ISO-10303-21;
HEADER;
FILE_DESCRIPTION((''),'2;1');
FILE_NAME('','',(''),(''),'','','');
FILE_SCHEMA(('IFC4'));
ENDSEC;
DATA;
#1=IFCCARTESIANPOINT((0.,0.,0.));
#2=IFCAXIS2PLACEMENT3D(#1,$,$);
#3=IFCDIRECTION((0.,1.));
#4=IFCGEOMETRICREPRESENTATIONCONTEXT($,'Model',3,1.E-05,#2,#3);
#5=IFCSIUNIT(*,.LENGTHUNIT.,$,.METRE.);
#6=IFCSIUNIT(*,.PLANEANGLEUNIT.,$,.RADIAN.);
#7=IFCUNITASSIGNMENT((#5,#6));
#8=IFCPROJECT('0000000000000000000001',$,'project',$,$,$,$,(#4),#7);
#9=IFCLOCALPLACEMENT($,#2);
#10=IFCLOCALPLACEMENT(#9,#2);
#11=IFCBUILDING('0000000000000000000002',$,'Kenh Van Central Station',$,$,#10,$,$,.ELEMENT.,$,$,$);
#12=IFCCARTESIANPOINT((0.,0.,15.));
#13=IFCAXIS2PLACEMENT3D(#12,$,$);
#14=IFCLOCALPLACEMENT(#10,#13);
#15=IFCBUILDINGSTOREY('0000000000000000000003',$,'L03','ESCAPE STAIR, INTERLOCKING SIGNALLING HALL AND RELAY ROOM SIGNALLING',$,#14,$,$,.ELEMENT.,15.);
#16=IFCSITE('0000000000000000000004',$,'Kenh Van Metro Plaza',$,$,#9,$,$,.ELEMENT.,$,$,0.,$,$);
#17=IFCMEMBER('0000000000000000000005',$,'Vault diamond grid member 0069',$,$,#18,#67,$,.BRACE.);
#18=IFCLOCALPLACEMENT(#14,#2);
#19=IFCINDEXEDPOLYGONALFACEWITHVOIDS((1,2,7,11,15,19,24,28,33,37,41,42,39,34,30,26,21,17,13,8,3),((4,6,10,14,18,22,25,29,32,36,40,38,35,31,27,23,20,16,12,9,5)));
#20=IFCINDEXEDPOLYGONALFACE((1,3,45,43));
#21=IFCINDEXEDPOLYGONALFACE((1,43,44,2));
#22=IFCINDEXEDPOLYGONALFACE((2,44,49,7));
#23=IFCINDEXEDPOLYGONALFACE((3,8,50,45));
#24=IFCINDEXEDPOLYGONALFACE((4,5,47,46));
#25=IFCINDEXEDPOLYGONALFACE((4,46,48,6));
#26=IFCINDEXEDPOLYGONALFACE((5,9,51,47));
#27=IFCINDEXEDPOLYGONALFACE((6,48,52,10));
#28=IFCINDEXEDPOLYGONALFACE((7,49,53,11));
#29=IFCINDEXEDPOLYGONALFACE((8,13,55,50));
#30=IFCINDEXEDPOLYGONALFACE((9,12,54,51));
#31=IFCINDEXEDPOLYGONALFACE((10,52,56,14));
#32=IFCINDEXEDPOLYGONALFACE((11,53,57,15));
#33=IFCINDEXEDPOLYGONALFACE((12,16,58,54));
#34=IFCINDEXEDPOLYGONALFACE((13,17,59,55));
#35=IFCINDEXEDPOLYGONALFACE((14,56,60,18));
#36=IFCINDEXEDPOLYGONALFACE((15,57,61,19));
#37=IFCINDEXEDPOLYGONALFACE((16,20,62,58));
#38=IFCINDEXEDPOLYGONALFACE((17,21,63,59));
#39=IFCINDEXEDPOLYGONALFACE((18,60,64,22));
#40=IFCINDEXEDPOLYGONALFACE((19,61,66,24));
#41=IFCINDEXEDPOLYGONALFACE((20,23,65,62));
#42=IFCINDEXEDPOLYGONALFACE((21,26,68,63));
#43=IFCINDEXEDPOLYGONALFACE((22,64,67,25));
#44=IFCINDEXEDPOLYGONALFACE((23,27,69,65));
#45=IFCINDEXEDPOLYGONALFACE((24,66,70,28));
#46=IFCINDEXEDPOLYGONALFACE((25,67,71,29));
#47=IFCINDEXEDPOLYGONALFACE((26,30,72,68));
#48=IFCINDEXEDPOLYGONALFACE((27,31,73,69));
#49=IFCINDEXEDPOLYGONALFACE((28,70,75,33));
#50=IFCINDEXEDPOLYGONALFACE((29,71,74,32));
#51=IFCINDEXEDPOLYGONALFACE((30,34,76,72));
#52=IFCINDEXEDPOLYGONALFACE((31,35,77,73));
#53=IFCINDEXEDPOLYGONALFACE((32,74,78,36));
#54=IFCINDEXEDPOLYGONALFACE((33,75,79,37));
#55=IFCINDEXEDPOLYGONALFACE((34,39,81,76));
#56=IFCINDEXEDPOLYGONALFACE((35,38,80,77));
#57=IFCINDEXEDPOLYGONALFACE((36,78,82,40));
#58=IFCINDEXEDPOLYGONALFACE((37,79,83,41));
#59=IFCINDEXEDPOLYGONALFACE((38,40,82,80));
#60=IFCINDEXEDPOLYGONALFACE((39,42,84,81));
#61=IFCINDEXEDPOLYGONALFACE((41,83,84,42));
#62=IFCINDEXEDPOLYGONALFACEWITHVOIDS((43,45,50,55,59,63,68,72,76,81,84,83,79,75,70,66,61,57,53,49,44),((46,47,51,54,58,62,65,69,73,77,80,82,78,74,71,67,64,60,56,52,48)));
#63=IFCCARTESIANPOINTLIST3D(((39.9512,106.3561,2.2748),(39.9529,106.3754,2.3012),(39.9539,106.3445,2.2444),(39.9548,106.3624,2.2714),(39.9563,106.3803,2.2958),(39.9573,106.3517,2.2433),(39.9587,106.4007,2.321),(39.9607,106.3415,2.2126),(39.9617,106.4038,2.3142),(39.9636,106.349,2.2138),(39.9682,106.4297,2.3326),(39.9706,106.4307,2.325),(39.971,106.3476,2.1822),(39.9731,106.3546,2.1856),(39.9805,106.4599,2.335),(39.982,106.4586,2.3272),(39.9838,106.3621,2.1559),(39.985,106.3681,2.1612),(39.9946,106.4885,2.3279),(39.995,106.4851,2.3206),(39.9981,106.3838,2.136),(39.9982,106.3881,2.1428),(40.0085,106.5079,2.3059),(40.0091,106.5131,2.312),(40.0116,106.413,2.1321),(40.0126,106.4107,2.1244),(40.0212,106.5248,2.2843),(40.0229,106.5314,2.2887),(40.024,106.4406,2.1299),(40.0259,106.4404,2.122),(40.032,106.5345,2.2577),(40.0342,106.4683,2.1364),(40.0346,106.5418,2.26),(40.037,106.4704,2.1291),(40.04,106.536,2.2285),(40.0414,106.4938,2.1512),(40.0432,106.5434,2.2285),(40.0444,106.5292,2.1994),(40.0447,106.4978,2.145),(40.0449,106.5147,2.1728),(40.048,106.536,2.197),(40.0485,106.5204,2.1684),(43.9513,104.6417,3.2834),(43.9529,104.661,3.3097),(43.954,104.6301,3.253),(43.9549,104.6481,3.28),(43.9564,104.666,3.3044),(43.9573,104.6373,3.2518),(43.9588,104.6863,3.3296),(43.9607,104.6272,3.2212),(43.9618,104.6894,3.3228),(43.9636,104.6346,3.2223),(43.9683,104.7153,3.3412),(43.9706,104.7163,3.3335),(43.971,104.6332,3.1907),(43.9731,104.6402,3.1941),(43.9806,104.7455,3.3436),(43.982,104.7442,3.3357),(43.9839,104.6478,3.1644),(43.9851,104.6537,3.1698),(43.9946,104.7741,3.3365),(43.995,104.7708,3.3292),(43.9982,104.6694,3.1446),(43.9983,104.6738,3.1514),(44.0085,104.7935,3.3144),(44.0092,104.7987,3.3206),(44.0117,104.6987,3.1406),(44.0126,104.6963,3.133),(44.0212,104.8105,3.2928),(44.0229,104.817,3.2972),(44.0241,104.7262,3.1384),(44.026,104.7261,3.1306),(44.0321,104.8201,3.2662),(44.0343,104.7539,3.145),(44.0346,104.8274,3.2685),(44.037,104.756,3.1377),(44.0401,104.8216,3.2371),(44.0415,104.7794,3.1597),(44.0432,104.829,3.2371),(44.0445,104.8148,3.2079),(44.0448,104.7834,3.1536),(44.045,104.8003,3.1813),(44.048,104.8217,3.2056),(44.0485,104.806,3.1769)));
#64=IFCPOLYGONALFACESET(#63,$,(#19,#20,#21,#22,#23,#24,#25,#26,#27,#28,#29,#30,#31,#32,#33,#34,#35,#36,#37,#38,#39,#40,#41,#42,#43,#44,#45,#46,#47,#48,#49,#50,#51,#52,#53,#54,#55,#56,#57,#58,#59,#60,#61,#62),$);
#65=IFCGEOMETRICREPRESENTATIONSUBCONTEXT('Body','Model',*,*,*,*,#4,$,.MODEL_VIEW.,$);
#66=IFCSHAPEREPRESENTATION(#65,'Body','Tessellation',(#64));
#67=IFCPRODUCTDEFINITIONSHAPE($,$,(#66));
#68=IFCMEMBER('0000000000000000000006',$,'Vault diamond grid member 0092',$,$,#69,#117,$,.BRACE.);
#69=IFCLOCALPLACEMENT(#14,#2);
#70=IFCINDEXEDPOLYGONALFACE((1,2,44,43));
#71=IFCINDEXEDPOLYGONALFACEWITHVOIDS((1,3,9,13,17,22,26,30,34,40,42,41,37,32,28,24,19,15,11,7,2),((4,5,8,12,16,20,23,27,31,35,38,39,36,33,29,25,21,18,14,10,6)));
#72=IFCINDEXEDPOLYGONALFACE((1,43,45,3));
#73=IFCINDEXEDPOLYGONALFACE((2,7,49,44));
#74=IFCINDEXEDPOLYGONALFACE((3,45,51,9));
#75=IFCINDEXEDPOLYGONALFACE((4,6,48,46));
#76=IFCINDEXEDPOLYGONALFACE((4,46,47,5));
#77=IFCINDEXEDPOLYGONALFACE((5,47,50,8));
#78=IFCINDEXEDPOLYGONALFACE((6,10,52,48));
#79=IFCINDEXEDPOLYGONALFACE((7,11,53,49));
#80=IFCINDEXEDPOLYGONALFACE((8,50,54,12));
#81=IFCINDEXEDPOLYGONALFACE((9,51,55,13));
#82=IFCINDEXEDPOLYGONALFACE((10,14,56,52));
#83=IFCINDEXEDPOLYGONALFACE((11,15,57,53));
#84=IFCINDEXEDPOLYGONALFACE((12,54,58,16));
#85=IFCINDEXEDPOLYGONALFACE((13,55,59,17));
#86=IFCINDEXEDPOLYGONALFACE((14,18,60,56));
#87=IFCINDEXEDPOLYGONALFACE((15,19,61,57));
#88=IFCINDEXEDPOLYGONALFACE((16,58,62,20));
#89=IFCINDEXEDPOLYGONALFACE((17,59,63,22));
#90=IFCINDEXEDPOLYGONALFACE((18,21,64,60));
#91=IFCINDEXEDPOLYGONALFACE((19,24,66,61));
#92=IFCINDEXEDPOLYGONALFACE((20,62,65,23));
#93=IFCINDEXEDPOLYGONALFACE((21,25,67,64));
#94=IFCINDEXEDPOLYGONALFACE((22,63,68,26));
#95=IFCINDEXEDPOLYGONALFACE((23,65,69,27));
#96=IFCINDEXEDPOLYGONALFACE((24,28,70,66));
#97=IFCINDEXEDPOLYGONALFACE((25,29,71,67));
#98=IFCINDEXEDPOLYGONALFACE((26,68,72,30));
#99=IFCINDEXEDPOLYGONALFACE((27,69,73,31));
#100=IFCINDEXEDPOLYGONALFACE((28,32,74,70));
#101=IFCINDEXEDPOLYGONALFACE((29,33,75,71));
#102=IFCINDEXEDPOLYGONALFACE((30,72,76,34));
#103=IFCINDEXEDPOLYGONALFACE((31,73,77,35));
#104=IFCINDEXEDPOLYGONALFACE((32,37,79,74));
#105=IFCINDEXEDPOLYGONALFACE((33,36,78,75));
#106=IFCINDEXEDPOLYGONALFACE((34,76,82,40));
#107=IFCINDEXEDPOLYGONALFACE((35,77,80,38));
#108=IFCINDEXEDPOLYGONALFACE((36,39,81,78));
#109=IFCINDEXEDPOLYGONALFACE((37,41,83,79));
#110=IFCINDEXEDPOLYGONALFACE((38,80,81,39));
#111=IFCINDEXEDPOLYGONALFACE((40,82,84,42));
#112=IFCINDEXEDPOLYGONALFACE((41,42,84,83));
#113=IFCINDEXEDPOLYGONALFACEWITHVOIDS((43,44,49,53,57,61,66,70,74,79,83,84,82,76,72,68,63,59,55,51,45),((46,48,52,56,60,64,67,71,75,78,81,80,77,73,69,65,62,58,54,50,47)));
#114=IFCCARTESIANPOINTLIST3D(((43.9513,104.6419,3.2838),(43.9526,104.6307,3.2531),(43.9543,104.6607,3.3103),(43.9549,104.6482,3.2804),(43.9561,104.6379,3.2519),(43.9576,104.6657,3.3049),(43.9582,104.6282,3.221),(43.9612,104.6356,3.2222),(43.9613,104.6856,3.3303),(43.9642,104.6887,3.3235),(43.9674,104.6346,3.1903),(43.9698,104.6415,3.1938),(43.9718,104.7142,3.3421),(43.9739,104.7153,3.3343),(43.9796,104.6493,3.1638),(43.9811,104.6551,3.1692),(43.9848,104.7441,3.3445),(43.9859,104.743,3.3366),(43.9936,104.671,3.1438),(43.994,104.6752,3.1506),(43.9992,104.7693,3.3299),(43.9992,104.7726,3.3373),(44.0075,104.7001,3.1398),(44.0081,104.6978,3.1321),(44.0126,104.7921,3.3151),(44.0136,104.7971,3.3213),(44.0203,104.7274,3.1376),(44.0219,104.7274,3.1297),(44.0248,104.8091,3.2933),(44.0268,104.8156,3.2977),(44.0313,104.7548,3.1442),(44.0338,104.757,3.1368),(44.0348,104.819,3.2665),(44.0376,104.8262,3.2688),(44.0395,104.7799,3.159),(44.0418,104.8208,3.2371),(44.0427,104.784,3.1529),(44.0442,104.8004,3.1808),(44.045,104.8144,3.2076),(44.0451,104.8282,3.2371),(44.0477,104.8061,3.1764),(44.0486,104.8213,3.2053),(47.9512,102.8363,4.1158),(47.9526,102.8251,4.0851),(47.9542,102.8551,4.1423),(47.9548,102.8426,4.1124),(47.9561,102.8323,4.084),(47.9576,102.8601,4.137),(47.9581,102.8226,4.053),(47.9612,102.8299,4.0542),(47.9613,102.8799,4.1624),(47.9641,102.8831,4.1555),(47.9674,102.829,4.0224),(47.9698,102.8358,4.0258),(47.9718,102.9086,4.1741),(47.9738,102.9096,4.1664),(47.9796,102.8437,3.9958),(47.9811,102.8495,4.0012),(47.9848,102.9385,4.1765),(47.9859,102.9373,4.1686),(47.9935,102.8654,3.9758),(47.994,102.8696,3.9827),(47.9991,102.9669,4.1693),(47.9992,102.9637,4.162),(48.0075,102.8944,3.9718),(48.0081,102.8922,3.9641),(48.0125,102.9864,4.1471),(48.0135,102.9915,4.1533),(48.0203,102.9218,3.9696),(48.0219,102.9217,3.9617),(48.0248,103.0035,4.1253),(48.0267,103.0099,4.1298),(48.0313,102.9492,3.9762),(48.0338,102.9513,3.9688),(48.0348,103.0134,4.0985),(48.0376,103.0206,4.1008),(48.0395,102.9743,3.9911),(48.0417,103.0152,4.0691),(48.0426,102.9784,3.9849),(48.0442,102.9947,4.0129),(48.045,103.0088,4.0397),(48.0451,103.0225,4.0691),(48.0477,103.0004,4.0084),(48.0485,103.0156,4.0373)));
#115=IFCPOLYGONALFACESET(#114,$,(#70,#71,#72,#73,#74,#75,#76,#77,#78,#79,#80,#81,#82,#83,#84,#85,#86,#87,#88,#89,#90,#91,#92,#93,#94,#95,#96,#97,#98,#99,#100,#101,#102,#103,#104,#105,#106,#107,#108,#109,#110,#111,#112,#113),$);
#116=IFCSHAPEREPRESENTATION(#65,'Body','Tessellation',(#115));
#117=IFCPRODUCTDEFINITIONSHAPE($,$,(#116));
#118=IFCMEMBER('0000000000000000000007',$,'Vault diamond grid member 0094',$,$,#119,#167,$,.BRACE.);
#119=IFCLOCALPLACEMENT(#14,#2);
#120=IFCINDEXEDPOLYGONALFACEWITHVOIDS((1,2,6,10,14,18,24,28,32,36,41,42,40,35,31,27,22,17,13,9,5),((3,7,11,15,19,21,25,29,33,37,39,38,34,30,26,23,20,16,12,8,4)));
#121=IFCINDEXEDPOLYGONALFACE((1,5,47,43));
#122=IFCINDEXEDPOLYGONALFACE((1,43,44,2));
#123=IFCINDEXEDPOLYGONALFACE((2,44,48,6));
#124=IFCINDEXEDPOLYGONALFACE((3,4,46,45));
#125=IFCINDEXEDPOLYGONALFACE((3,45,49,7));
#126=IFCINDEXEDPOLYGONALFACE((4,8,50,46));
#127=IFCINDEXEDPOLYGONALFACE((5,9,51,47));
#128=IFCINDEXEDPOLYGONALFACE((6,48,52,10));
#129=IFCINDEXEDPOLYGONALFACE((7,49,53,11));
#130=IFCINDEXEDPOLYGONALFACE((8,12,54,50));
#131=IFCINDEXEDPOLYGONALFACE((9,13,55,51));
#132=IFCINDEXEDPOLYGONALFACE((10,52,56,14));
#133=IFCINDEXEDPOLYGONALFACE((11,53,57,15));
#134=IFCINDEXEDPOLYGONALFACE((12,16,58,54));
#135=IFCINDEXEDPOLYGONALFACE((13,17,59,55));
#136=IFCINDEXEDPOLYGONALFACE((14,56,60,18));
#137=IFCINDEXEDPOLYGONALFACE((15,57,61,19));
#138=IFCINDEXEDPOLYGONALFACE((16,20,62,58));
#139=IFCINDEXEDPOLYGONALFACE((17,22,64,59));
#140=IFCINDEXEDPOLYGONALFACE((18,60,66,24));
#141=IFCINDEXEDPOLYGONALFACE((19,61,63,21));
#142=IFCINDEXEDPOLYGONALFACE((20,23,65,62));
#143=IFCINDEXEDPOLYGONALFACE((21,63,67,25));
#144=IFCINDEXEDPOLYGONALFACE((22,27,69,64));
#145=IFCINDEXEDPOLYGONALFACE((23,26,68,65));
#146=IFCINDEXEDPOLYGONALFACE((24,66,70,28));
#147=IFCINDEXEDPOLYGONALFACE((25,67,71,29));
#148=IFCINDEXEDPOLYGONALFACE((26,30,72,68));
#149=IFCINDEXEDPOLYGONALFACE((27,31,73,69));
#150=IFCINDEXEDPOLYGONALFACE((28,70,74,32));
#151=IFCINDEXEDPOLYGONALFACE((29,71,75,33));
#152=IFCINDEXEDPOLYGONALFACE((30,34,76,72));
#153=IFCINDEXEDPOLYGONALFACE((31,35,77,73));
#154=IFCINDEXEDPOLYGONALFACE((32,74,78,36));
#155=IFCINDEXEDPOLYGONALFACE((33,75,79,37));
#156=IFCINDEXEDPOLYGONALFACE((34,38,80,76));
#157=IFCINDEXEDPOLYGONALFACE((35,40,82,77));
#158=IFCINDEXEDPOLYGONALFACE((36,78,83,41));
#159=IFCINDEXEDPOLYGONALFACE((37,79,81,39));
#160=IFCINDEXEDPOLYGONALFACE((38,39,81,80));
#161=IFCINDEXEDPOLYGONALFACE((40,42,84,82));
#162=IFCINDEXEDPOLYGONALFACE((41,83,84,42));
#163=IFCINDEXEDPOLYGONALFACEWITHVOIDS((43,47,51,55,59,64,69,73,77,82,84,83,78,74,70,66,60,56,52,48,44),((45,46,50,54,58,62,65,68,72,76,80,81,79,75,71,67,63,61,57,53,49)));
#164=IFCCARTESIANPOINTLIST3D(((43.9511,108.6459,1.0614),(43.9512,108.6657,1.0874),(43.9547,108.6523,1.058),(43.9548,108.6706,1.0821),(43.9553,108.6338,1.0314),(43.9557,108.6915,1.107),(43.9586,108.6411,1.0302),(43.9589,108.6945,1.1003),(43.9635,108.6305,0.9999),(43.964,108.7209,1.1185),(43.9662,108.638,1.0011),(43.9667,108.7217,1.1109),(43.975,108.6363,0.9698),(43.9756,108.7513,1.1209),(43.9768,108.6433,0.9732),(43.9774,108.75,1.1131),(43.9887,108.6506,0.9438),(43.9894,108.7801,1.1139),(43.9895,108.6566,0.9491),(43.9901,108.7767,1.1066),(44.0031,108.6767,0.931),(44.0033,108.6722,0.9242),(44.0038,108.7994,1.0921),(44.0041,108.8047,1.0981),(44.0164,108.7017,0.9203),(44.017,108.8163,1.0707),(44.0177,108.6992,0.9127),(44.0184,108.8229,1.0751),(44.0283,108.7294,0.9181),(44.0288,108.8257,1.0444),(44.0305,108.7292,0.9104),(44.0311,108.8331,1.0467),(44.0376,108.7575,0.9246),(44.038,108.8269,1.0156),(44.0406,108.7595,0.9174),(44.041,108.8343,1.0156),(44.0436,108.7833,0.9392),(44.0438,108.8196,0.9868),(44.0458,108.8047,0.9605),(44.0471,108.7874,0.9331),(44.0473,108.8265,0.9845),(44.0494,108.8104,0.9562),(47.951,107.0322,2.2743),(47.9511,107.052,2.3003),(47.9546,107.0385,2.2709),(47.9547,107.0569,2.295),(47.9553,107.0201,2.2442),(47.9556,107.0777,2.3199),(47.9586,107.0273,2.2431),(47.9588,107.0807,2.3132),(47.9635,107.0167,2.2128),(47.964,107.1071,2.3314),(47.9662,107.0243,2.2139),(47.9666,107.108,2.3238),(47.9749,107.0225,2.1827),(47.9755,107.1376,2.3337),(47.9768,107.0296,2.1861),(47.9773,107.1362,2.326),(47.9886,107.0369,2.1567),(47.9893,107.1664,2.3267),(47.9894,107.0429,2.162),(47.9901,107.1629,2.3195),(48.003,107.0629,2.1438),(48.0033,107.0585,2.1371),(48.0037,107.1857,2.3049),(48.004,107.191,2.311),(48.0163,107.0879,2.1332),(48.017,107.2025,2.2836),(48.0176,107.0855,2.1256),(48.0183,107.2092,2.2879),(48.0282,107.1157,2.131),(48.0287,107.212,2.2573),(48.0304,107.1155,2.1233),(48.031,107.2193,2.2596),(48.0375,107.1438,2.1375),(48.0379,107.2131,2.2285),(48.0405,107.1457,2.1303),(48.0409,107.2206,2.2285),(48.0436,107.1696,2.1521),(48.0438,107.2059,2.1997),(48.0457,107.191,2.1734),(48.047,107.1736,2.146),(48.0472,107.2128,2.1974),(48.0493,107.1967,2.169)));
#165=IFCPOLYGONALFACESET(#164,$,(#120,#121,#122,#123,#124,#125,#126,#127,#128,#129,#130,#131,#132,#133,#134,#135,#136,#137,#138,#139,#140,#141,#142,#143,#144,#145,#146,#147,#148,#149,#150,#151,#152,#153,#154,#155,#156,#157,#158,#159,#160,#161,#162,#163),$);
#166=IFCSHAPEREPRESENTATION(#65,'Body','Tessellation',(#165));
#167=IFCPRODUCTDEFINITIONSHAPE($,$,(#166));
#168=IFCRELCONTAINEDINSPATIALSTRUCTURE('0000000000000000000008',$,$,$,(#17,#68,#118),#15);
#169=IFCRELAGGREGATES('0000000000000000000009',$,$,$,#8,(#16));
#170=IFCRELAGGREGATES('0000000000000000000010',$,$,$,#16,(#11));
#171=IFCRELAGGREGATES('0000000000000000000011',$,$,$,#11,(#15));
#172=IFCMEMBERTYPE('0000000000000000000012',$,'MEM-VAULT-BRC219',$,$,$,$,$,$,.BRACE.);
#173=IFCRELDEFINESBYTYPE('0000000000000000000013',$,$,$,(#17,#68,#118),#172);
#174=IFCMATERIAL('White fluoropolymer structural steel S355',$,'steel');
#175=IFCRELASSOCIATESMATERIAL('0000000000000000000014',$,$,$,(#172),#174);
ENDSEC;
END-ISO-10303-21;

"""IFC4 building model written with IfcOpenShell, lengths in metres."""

from ifc_helpers import new_model, si_unit, direction, frame, origin, origin_2d, place, context, subcontext, project, spatial, hollow_circle, extrude, material, material_profile, profile_set, type_object, element, save


model = new_model("IFC4")

# Units and contexts
model_context = context("Model", 3, precision=1e-05, world=origin(), true_north=direction((0.0, 1.0)))
body_context = subcontext(model_context, "Body", "Model", "MODEL_VIEW")
ifc_project = project(units=[si_unit("LENGTHUNIT", "METRE"), si_unit("PLANEANGLEUNIT", "RADIAN")], contexts=[model_context])

# Site, building, storey
site_placement = place(None, origin())
site = spatial("IfcSite", under=ifc_project, at=site_placement, Name="Kenh Van Metro Plaza", CompositionType="ELEMENT", RefElevation=0.0)
building_placement = place(site_placement, origin())
building = spatial("IfcBuilding", under=site, at=building_placement, Name="Kenh Van Central Station", CompositionType="ELEMENT")
storey_placement = place(building_placement, frame((0.0, 0.0, 15.0)))
storey = spatial("IfcBuildingStorey", under=building, at=storey_placement, Name="L03", Description="ESCAPE STAIR, INTERLOCKING SIGNALLING HALL AND RELAY ROOM SIGNALLING", CompositionType="ELEMENT", Elevation=15.0)

# Shared definitions
ifc_material_1 = material(Name="White fluoropolymer structural steel S355", Category="steel")

# Members
ifc_material_profile_1 = material_profile(ifc_material_1, hollow_circle(Radius=0.1096, WallThickness=0.0081, at=origin_2d()), Name="CHS 219.1x8")
ifc_profile_set_1 = profile_set([ifc_material_profile_1], Name="White fluoropolymer structural steel S355")
member_type_1 = type_object("IfcMemberType", Name="MEM-VAULT-BRC219", PredefinedType="BRACE", material=ifc_profile_set_1)
member_1_placement = place(storey_placement, frame((40.0, 106.4426, 2.2285), z_axis=(0.895409, -0.383762, 0.225765), x_axis=(0.393933, 0.919139, 0.0)))
element("IfcMember", 1, at=member_1_placement, inside=storey, type_object=member_type_1, Name="Vault diamond grid member 0069", PredefinedType="BRACE", context=body_context, shape_type="SweptSolid", body=[
    extrude(hollow_circle(Radius=0.1096, WallThickness=0.0081, at=origin_2d()), origin(), (0.0, 0.0, 1.0), 4.4673),
])
member_2_placement = place(storey_placement, frame((44.0, 104.7283, 3.2371), z_axis=(0.895487, -0.404237, 0.186268), x_axis=(0.411438, 0.911438, 0.0)))
element("IfcMember", 2, at=member_2_placement, inside=storey, type_object=member_type_1, Name="Vault diamond grid member 0092", PredefinedType="BRACE", context=body_context, shape_type="SweptSolid", body=[
    extrude(hollow_circle(Radius=0.1096, WallThickness=0.0081, at=origin_2d()), origin(), (0.0, 0.0, 1.0), 4.4668),
])
member_3_placement = place(storey_placement, frame((44.0, 108.7327, 1.0156), z_axis=(0.892747, -0.360172, 0.270701), x_axis=(0.374141, 0.927372, 0.0)))
element("IfcMember", 3, at=member_3_placement, inside=storey, type_object=member_type_1, Name="Vault diamond grid member 0094", PredefinedType="BRACE", context=body_context, shape_type="SweptSolid", body=[
    extrude(hollow_circle(Radius=0.1096, WallThickness=0.0081, at=origin_2d()), origin(), (0.0, 0.0, 1.0), 4.4805),
])

save(model, "model.ifc")
